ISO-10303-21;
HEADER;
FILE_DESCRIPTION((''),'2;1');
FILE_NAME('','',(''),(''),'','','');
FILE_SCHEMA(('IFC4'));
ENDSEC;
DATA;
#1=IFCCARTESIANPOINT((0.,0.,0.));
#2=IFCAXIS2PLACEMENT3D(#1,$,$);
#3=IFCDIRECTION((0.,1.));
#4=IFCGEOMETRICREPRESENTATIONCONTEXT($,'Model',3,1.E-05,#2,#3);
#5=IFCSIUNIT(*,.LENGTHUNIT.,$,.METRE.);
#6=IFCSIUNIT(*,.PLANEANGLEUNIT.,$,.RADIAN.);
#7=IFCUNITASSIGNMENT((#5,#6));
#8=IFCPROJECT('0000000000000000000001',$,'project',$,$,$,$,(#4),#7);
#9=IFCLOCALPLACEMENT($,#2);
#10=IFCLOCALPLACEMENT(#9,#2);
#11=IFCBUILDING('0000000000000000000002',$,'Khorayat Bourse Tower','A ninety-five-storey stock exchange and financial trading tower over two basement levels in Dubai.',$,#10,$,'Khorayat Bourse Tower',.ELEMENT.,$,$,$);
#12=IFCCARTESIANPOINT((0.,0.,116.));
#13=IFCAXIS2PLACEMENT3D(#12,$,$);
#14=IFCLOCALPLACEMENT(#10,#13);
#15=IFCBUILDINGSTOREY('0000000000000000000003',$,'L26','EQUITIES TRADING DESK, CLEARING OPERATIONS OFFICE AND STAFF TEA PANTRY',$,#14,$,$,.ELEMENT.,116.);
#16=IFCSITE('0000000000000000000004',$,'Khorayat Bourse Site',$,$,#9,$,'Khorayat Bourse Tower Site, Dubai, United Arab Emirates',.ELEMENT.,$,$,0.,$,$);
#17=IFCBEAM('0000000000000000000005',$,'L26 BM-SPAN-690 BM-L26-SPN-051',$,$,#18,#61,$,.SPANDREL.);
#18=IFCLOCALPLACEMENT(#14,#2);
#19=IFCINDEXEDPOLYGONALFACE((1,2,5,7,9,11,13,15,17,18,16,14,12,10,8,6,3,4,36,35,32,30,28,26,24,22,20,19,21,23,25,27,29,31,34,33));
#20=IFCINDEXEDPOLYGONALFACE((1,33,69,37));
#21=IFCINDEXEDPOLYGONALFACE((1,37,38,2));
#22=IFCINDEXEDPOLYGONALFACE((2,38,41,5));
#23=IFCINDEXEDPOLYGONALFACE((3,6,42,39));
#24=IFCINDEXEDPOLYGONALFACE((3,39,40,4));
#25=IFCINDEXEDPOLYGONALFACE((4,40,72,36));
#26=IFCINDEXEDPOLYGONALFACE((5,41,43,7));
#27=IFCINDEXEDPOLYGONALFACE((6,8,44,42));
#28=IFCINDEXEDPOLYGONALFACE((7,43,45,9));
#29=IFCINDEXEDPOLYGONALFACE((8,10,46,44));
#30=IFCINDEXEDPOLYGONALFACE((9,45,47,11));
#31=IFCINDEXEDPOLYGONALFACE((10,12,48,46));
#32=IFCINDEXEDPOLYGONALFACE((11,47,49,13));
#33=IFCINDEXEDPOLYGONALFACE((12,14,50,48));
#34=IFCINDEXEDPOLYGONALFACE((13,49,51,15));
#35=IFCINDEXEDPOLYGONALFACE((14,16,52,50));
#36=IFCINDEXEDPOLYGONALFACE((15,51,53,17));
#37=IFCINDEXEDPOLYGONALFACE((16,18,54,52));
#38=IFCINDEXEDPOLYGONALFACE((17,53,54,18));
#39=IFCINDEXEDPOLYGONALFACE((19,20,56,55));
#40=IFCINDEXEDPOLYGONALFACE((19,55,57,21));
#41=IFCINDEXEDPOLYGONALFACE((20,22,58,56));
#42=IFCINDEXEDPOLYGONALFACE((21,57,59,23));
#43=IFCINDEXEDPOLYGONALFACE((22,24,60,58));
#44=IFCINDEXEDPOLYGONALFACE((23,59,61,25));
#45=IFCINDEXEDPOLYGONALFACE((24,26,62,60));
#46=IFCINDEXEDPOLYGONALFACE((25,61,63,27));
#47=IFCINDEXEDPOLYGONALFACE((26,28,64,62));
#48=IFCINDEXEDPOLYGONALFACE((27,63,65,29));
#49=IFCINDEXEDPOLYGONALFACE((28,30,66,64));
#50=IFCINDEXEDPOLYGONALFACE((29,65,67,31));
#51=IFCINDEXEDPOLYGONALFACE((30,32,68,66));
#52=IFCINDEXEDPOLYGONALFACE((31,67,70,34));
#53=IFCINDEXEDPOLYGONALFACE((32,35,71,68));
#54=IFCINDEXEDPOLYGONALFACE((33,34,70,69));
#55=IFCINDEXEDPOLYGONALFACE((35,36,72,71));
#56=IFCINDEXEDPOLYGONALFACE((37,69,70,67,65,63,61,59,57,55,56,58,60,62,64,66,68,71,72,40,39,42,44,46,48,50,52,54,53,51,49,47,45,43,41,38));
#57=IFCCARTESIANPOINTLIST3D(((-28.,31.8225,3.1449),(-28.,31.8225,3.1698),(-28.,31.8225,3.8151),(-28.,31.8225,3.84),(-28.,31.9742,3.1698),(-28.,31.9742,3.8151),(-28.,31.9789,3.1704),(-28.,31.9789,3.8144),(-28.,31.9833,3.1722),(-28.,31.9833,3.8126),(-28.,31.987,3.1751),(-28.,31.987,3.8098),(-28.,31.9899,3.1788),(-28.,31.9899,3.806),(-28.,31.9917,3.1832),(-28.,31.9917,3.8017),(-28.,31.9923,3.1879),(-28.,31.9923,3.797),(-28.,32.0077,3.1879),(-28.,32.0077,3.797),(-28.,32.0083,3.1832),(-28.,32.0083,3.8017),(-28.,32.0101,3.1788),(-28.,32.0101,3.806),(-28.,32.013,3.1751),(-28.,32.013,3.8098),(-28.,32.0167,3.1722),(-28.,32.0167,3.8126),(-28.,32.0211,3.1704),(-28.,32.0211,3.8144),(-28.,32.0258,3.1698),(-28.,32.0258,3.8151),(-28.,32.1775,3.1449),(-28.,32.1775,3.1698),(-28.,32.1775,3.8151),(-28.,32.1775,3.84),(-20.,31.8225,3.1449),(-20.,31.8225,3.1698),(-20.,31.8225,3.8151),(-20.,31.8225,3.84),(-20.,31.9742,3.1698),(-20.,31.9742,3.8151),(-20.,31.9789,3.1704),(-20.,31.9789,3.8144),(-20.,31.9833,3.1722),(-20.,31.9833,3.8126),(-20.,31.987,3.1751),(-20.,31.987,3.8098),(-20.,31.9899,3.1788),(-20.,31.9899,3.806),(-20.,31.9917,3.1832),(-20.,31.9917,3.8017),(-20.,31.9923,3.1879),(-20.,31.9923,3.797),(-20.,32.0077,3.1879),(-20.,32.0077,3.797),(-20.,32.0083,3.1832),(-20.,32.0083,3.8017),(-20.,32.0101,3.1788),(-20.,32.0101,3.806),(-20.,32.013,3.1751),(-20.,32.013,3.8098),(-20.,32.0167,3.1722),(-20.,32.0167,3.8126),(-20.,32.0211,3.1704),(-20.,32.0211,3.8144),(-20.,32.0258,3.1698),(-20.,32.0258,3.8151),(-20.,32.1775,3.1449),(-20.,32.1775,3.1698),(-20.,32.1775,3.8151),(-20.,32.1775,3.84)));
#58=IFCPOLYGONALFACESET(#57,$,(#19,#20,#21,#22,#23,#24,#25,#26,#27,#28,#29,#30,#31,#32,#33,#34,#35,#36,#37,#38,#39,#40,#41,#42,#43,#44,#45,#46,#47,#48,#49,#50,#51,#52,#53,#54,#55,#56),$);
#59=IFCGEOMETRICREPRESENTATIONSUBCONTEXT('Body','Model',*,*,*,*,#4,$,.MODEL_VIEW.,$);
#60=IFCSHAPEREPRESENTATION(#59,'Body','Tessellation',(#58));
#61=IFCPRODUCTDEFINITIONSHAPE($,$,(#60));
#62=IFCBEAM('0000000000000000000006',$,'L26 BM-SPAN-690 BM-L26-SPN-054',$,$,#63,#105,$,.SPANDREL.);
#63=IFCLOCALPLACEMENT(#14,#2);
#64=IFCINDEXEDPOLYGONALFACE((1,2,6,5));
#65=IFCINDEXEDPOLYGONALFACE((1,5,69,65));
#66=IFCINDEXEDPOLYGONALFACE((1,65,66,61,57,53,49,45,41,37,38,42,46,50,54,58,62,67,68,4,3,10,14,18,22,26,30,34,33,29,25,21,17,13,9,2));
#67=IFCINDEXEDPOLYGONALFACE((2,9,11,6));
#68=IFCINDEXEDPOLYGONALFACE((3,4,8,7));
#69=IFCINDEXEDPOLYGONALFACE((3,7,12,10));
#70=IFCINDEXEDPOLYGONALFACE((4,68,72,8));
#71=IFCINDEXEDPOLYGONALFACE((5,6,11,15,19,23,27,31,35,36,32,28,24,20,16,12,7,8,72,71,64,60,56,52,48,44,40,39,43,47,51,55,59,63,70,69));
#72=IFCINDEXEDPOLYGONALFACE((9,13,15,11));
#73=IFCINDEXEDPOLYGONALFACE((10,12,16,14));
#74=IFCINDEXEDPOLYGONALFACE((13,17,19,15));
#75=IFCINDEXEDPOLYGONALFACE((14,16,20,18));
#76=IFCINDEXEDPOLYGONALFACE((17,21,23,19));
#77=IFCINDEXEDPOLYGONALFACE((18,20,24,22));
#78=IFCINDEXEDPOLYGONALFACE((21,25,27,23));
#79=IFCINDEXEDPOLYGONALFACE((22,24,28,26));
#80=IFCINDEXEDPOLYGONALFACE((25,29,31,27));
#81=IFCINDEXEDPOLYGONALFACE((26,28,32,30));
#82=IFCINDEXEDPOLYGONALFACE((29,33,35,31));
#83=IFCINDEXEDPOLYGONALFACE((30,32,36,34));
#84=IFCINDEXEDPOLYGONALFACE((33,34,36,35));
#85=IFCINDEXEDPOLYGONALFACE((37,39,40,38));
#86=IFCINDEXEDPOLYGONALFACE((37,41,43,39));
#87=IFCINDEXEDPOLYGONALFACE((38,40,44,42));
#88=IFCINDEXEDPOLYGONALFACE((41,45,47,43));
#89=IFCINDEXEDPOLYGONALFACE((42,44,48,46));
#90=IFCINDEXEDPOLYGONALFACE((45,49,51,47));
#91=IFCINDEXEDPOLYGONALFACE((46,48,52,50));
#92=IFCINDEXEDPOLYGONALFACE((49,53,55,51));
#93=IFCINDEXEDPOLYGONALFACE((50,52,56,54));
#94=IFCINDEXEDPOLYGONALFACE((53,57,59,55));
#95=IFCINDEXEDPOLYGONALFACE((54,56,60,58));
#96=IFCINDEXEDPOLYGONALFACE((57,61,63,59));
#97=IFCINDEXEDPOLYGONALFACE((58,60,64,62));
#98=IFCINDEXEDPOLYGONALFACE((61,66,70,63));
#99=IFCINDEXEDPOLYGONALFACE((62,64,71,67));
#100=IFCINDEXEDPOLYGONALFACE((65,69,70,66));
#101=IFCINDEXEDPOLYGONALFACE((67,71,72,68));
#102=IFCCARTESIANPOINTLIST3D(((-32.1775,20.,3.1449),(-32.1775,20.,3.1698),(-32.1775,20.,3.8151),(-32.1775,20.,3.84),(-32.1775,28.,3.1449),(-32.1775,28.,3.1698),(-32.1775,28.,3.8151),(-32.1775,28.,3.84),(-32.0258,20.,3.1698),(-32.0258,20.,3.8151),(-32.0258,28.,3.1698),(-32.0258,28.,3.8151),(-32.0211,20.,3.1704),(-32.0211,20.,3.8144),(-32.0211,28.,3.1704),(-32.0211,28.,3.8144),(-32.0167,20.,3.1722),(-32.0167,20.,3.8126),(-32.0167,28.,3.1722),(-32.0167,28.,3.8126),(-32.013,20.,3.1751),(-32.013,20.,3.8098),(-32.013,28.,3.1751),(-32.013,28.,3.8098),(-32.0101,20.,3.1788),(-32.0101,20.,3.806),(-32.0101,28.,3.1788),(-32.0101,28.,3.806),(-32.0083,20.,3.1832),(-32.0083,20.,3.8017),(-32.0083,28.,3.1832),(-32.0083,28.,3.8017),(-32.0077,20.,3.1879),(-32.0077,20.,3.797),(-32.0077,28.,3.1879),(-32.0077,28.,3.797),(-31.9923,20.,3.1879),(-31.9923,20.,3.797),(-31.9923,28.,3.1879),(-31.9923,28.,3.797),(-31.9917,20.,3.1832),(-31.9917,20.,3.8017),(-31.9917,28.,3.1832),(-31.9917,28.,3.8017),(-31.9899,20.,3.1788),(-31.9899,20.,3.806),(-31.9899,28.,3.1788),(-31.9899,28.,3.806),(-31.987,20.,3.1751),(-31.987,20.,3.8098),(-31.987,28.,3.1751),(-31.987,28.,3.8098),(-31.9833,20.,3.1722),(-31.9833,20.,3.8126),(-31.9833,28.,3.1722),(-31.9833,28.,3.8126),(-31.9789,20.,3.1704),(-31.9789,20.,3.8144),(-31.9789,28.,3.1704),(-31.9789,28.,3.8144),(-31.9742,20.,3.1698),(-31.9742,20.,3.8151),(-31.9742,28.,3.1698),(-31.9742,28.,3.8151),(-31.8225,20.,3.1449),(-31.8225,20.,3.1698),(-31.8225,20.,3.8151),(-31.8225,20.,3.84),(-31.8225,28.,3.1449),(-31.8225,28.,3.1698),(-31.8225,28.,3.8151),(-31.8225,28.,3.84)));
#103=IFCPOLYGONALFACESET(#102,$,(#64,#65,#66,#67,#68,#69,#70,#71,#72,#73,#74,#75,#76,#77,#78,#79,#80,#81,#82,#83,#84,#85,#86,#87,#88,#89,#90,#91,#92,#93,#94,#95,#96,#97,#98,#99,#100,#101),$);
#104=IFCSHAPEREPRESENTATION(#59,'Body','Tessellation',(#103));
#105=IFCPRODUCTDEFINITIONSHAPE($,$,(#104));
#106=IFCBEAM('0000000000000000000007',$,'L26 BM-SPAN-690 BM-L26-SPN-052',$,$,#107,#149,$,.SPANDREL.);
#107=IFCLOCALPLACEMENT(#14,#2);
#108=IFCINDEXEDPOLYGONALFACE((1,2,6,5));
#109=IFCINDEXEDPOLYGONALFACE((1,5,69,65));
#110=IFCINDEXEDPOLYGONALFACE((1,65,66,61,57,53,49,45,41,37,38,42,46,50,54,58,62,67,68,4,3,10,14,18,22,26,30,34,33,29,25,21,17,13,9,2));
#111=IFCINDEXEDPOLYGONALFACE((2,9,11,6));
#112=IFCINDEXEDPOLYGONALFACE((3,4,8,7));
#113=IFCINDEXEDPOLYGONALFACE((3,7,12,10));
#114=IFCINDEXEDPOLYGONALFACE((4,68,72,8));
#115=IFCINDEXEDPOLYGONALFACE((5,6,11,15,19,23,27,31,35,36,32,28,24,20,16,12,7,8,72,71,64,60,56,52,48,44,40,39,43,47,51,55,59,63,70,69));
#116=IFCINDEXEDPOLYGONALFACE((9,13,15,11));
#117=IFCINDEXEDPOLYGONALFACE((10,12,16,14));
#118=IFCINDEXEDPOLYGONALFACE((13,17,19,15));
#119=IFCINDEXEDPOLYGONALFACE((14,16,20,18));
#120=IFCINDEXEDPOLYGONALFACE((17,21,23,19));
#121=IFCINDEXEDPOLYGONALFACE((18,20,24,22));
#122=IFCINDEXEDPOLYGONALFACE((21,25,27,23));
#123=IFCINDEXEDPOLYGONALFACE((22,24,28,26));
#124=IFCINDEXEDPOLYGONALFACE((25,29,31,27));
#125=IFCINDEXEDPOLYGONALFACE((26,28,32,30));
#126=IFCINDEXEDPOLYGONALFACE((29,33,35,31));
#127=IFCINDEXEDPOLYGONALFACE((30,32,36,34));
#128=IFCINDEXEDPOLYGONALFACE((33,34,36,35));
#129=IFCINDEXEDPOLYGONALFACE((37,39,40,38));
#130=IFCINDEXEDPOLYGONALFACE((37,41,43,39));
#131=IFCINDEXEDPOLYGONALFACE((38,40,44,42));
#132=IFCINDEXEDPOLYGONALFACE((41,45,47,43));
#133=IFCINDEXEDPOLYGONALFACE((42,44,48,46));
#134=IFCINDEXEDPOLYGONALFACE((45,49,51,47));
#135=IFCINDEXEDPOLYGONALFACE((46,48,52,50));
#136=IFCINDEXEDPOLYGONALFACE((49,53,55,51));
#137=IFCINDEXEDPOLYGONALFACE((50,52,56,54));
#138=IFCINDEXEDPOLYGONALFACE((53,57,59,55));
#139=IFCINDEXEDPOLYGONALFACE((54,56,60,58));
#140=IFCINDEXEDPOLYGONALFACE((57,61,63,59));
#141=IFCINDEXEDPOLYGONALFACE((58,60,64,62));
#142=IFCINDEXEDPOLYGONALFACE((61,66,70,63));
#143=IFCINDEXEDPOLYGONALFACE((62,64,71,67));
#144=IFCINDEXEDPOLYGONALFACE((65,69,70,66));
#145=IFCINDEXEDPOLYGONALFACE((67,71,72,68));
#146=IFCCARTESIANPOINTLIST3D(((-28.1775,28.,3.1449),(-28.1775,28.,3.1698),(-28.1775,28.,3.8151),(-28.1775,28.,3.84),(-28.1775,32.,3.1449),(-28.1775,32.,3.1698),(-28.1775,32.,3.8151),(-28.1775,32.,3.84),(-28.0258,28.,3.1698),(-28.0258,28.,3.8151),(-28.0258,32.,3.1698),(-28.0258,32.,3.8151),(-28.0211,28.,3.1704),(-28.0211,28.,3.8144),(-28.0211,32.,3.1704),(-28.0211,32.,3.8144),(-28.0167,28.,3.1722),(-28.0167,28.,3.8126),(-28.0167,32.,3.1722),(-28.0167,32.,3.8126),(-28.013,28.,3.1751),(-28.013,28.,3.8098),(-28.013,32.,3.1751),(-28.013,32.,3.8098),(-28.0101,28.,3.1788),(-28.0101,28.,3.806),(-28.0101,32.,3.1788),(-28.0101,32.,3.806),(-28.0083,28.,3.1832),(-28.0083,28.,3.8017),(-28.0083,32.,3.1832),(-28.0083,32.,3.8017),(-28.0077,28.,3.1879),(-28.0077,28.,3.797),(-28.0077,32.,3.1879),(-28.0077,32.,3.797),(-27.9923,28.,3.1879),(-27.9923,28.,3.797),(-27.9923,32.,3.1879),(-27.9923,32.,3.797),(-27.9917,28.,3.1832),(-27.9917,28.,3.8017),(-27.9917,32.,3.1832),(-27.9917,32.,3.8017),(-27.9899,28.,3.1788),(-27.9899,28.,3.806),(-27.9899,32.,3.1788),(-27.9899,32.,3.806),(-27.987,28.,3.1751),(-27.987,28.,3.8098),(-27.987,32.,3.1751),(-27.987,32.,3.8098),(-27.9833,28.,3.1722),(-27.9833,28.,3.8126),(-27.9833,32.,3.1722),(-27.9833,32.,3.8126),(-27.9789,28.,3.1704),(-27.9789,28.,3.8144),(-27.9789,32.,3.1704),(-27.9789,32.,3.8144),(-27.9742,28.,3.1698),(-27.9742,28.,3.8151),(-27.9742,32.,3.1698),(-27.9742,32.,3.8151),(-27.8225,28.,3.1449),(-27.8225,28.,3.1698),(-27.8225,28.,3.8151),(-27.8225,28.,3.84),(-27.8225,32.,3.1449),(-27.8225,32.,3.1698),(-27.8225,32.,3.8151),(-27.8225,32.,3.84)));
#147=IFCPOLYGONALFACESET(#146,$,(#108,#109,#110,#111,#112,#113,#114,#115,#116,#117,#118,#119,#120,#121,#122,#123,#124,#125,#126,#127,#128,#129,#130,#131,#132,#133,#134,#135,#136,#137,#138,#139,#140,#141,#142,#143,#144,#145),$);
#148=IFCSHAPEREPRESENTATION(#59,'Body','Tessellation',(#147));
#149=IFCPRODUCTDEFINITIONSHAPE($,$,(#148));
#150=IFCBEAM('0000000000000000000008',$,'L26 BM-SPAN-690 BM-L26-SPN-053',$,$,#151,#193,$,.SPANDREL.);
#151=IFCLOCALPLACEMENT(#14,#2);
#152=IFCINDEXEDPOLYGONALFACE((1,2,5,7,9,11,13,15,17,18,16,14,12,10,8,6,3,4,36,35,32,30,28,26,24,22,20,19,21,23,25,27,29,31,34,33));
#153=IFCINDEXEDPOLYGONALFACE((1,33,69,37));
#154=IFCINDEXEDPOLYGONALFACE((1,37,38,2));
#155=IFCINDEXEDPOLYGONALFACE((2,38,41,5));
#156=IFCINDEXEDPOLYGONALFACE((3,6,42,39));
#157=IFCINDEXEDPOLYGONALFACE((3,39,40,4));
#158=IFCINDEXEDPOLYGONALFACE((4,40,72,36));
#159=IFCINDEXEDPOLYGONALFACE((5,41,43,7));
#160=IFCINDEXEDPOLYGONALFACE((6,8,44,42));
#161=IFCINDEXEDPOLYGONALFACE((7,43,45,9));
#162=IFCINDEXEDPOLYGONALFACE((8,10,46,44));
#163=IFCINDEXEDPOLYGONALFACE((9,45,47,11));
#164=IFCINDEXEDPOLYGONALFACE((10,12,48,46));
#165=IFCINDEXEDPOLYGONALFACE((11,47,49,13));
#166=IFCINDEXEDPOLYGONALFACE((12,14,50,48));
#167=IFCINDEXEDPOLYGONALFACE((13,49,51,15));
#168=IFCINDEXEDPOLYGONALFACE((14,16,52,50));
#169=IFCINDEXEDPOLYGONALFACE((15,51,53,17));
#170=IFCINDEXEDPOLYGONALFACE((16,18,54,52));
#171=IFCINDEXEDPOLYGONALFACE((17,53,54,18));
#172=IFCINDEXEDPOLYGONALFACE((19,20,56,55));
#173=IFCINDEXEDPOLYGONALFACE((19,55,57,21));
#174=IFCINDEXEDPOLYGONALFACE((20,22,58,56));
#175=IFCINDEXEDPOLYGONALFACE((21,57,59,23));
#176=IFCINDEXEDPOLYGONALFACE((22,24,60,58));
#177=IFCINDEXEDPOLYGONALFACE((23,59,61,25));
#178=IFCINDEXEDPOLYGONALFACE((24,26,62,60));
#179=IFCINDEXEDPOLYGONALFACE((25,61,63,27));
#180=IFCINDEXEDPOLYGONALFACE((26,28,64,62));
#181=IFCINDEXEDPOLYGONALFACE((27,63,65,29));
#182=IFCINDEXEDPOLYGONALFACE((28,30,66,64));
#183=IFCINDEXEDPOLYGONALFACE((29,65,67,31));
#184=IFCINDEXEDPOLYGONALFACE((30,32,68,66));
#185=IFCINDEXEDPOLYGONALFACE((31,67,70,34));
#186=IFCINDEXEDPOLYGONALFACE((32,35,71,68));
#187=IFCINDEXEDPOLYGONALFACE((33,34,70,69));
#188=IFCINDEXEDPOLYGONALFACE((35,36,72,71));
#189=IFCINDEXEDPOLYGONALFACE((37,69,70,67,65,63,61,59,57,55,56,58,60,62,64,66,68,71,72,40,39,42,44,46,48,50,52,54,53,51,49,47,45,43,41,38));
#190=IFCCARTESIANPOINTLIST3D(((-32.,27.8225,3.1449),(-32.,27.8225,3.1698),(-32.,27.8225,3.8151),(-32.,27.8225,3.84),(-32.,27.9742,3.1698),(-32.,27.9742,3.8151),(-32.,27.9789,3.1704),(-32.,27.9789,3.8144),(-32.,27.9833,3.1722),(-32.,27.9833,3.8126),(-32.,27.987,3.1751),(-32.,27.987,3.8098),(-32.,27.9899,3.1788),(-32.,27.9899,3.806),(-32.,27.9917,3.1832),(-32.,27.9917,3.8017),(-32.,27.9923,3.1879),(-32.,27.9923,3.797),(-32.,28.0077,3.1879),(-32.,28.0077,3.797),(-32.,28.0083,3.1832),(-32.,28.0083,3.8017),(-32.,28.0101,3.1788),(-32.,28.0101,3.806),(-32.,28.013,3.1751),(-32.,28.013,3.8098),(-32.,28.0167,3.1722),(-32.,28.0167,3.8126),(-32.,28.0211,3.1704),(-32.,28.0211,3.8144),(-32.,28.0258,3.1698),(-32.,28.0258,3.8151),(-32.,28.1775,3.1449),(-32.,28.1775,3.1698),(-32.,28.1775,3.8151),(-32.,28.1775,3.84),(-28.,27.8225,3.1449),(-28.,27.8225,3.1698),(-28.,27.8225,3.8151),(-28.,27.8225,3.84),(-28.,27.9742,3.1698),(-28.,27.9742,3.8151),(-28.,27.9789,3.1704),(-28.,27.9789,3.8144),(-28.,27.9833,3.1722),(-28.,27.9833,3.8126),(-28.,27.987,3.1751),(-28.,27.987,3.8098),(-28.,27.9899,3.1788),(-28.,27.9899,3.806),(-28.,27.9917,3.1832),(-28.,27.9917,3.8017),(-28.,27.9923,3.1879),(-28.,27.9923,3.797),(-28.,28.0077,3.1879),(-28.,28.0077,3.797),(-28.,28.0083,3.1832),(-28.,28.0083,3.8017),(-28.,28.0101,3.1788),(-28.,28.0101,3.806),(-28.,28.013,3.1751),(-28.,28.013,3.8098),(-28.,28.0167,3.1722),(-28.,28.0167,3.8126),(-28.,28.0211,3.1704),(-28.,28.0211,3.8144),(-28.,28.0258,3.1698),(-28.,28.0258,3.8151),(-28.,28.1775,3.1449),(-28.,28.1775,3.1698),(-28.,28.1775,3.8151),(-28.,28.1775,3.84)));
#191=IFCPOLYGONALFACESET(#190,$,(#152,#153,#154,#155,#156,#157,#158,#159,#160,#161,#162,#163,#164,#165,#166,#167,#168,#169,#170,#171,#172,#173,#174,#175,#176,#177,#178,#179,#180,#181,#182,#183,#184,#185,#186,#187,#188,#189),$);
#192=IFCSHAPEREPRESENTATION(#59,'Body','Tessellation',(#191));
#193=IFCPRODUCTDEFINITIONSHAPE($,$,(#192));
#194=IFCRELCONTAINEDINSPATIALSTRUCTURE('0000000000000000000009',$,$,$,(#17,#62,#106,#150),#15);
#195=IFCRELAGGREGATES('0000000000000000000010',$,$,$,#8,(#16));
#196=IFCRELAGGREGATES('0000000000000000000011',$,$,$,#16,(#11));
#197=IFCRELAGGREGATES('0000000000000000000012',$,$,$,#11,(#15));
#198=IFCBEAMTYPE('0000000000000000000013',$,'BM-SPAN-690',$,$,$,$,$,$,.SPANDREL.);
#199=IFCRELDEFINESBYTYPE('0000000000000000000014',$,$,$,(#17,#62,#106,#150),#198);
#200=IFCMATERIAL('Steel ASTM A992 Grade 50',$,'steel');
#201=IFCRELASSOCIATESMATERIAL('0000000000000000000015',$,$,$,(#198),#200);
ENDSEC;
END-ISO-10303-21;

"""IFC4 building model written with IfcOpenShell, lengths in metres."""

from ifc_helpers import new_model, si_unit, direction, frame, origin, origin_2d, place, context, subcontext, project, spatial, i_section, extrude, source, transform, mapped, material, material_profile, profile_set, type_object, element, save


model = new_model("IFC4")

# Units and contexts
model_context = context("Model", 3, precision=1e-05, world=origin(), true_north=direction((0.0, 1.0)))
body_context = subcontext(model_context, "Body", "Model", "MODEL_VIEW")
ifc_project = project(units=[si_unit("LENGTHUNIT", "METRE"), si_unit("PLANEANGLEUNIT", "RADIAN")], contexts=[model_context])

# Site, building, storey
site_placement = place(None, origin())
site = spatial("IfcSite", under=ifc_project, at=site_placement, Name="Khorayat Bourse Site", LongName="Khorayat Bourse Tower Site, Dubai, United Arab Emirates", CompositionType="ELEMENT", RefElevation=0.0)
building_placement = place(site_placement, origin())
building = spatial("IfcBuilding", under=site, at=building_placement, Name="Khorayat Bourse Tower", Description="A ninety-five-storey stock exchange and financial trading tower over two basement levels in Dubai.", LongName="Khorayat Bourse Tower", CompositionType="ELEMENT")
storey_placement = place(building_placement, frame((0.0, 0.0, 116.0)))
storey = spatial("IfcBuildingStorey", under=building, at=storey_placement, Name="L26", Description="EQUITIES TRADING DESK, CLEARING OPERATIONS OFFICE AND STAFF TEA PANTRY", CompositionType="ELEMENT", Elevation=116.0)

# Beams
ifc_material_1 = material(Name="Steel ASTM A992 Grade 50", Category="steel")
ifc_material_profile_1 = material_profile(ifc_material_1, i_section(OverallWidth=0.355, OverallDepth=0.6951, WebThickness=0.0154, FlangeThickness=0.0249, FilletRadius=0.0181, at=origin_2d()), Name="W690X217")
ifc_profile_set_1 = profile_set([ifc_material_profile_1], Name="Steel ASTM A992 Grade 50")
beam_type_1 = type_object("IfcBeamType", Name="BM-SPAN-690", PredefinedType="SPANDREL", material=ifc_profile_set_1)
shared_shape_1 = source(origin(), body_context, "Body", "SweptSolid", [
    extrude(i_section(OverallWidth=0.355, OverallDepth=0.6951, WebThickness=0.0154, FlangeThickness=0.0249, FilletRadius=0.0181, at=origin_2d()), origin(), (0.0, 0.0, 1.0), 8.0),
])
for number, where, z_axis, x_axis, name in (
    (1, (-28.0, 32.0, 3.4924), (1.0, 0.0, 0.0), (0.0, 1.0, 0.0), "L26 BM-SPAN-690 BM-L26-SPN-051"),
    (2, (-32.0, 20.0, 3.4924), (0.0, 1.0, 0.0), (-1.0, 0.0, 0.0), "L26 BM-SPAN-690 BM-L26-SPN-054"),
):
    element("IfcBeam", number, at=place(storey_placement, frame(where, z_axis=z_axis, x_axis=x_axis)), inside=storey, type_object=beam_type_1, Name=name, PredefinedType="SPANDREL", context=body_context, shape_type="MappedRepresentation", body=[
        mapped(shared_shape_1, transform((0.0, 0.0, 0.0), scale=1.0)),
    ])
shared_shape_2 = source(origin(), body_context, "Body", "SweptSolid", [
    extrude(i_section(OverallWidth=0.355, OverallDepth=0.6951, WebThickness=0.0154, FlangeThickness=0.0249, FilletRadius=0.0181, at=origin_2d()), origin(), (0.0, 0.0, 1.0), 4.0),
])
for number, where, z_axis, x_axis, name in (
    (3, (-28.0, 28.0, 3.4924), (0.0, 1.0, 0.0), (-1.0, 0.0, 0.0), "L26 BM-SPAN-690 BM-L26-SPN-052"),
    (4, (-32.0, 28.0, 3.4924), (1.0, 0.0, 0.0), (0.0, 1.0, 0.0), "L26 BM-SPAN-690 BM-L26-SPN-053"),
):
    element("IfcBeam", number, at=place(storey_placement, frame(where, z_axis=z_axis, x_axis=x_axis)), inside=storey, type_object=beam_type_1, Name=name, PredefinedType="SPANDREL", context=body_context, shape_type="MappedRepresentation", body=[
        mapped(shared_shape_2, transform((0.0, 0.0, 0.0), scale=1.0)),
    ])

save(model, "model.ifc")
